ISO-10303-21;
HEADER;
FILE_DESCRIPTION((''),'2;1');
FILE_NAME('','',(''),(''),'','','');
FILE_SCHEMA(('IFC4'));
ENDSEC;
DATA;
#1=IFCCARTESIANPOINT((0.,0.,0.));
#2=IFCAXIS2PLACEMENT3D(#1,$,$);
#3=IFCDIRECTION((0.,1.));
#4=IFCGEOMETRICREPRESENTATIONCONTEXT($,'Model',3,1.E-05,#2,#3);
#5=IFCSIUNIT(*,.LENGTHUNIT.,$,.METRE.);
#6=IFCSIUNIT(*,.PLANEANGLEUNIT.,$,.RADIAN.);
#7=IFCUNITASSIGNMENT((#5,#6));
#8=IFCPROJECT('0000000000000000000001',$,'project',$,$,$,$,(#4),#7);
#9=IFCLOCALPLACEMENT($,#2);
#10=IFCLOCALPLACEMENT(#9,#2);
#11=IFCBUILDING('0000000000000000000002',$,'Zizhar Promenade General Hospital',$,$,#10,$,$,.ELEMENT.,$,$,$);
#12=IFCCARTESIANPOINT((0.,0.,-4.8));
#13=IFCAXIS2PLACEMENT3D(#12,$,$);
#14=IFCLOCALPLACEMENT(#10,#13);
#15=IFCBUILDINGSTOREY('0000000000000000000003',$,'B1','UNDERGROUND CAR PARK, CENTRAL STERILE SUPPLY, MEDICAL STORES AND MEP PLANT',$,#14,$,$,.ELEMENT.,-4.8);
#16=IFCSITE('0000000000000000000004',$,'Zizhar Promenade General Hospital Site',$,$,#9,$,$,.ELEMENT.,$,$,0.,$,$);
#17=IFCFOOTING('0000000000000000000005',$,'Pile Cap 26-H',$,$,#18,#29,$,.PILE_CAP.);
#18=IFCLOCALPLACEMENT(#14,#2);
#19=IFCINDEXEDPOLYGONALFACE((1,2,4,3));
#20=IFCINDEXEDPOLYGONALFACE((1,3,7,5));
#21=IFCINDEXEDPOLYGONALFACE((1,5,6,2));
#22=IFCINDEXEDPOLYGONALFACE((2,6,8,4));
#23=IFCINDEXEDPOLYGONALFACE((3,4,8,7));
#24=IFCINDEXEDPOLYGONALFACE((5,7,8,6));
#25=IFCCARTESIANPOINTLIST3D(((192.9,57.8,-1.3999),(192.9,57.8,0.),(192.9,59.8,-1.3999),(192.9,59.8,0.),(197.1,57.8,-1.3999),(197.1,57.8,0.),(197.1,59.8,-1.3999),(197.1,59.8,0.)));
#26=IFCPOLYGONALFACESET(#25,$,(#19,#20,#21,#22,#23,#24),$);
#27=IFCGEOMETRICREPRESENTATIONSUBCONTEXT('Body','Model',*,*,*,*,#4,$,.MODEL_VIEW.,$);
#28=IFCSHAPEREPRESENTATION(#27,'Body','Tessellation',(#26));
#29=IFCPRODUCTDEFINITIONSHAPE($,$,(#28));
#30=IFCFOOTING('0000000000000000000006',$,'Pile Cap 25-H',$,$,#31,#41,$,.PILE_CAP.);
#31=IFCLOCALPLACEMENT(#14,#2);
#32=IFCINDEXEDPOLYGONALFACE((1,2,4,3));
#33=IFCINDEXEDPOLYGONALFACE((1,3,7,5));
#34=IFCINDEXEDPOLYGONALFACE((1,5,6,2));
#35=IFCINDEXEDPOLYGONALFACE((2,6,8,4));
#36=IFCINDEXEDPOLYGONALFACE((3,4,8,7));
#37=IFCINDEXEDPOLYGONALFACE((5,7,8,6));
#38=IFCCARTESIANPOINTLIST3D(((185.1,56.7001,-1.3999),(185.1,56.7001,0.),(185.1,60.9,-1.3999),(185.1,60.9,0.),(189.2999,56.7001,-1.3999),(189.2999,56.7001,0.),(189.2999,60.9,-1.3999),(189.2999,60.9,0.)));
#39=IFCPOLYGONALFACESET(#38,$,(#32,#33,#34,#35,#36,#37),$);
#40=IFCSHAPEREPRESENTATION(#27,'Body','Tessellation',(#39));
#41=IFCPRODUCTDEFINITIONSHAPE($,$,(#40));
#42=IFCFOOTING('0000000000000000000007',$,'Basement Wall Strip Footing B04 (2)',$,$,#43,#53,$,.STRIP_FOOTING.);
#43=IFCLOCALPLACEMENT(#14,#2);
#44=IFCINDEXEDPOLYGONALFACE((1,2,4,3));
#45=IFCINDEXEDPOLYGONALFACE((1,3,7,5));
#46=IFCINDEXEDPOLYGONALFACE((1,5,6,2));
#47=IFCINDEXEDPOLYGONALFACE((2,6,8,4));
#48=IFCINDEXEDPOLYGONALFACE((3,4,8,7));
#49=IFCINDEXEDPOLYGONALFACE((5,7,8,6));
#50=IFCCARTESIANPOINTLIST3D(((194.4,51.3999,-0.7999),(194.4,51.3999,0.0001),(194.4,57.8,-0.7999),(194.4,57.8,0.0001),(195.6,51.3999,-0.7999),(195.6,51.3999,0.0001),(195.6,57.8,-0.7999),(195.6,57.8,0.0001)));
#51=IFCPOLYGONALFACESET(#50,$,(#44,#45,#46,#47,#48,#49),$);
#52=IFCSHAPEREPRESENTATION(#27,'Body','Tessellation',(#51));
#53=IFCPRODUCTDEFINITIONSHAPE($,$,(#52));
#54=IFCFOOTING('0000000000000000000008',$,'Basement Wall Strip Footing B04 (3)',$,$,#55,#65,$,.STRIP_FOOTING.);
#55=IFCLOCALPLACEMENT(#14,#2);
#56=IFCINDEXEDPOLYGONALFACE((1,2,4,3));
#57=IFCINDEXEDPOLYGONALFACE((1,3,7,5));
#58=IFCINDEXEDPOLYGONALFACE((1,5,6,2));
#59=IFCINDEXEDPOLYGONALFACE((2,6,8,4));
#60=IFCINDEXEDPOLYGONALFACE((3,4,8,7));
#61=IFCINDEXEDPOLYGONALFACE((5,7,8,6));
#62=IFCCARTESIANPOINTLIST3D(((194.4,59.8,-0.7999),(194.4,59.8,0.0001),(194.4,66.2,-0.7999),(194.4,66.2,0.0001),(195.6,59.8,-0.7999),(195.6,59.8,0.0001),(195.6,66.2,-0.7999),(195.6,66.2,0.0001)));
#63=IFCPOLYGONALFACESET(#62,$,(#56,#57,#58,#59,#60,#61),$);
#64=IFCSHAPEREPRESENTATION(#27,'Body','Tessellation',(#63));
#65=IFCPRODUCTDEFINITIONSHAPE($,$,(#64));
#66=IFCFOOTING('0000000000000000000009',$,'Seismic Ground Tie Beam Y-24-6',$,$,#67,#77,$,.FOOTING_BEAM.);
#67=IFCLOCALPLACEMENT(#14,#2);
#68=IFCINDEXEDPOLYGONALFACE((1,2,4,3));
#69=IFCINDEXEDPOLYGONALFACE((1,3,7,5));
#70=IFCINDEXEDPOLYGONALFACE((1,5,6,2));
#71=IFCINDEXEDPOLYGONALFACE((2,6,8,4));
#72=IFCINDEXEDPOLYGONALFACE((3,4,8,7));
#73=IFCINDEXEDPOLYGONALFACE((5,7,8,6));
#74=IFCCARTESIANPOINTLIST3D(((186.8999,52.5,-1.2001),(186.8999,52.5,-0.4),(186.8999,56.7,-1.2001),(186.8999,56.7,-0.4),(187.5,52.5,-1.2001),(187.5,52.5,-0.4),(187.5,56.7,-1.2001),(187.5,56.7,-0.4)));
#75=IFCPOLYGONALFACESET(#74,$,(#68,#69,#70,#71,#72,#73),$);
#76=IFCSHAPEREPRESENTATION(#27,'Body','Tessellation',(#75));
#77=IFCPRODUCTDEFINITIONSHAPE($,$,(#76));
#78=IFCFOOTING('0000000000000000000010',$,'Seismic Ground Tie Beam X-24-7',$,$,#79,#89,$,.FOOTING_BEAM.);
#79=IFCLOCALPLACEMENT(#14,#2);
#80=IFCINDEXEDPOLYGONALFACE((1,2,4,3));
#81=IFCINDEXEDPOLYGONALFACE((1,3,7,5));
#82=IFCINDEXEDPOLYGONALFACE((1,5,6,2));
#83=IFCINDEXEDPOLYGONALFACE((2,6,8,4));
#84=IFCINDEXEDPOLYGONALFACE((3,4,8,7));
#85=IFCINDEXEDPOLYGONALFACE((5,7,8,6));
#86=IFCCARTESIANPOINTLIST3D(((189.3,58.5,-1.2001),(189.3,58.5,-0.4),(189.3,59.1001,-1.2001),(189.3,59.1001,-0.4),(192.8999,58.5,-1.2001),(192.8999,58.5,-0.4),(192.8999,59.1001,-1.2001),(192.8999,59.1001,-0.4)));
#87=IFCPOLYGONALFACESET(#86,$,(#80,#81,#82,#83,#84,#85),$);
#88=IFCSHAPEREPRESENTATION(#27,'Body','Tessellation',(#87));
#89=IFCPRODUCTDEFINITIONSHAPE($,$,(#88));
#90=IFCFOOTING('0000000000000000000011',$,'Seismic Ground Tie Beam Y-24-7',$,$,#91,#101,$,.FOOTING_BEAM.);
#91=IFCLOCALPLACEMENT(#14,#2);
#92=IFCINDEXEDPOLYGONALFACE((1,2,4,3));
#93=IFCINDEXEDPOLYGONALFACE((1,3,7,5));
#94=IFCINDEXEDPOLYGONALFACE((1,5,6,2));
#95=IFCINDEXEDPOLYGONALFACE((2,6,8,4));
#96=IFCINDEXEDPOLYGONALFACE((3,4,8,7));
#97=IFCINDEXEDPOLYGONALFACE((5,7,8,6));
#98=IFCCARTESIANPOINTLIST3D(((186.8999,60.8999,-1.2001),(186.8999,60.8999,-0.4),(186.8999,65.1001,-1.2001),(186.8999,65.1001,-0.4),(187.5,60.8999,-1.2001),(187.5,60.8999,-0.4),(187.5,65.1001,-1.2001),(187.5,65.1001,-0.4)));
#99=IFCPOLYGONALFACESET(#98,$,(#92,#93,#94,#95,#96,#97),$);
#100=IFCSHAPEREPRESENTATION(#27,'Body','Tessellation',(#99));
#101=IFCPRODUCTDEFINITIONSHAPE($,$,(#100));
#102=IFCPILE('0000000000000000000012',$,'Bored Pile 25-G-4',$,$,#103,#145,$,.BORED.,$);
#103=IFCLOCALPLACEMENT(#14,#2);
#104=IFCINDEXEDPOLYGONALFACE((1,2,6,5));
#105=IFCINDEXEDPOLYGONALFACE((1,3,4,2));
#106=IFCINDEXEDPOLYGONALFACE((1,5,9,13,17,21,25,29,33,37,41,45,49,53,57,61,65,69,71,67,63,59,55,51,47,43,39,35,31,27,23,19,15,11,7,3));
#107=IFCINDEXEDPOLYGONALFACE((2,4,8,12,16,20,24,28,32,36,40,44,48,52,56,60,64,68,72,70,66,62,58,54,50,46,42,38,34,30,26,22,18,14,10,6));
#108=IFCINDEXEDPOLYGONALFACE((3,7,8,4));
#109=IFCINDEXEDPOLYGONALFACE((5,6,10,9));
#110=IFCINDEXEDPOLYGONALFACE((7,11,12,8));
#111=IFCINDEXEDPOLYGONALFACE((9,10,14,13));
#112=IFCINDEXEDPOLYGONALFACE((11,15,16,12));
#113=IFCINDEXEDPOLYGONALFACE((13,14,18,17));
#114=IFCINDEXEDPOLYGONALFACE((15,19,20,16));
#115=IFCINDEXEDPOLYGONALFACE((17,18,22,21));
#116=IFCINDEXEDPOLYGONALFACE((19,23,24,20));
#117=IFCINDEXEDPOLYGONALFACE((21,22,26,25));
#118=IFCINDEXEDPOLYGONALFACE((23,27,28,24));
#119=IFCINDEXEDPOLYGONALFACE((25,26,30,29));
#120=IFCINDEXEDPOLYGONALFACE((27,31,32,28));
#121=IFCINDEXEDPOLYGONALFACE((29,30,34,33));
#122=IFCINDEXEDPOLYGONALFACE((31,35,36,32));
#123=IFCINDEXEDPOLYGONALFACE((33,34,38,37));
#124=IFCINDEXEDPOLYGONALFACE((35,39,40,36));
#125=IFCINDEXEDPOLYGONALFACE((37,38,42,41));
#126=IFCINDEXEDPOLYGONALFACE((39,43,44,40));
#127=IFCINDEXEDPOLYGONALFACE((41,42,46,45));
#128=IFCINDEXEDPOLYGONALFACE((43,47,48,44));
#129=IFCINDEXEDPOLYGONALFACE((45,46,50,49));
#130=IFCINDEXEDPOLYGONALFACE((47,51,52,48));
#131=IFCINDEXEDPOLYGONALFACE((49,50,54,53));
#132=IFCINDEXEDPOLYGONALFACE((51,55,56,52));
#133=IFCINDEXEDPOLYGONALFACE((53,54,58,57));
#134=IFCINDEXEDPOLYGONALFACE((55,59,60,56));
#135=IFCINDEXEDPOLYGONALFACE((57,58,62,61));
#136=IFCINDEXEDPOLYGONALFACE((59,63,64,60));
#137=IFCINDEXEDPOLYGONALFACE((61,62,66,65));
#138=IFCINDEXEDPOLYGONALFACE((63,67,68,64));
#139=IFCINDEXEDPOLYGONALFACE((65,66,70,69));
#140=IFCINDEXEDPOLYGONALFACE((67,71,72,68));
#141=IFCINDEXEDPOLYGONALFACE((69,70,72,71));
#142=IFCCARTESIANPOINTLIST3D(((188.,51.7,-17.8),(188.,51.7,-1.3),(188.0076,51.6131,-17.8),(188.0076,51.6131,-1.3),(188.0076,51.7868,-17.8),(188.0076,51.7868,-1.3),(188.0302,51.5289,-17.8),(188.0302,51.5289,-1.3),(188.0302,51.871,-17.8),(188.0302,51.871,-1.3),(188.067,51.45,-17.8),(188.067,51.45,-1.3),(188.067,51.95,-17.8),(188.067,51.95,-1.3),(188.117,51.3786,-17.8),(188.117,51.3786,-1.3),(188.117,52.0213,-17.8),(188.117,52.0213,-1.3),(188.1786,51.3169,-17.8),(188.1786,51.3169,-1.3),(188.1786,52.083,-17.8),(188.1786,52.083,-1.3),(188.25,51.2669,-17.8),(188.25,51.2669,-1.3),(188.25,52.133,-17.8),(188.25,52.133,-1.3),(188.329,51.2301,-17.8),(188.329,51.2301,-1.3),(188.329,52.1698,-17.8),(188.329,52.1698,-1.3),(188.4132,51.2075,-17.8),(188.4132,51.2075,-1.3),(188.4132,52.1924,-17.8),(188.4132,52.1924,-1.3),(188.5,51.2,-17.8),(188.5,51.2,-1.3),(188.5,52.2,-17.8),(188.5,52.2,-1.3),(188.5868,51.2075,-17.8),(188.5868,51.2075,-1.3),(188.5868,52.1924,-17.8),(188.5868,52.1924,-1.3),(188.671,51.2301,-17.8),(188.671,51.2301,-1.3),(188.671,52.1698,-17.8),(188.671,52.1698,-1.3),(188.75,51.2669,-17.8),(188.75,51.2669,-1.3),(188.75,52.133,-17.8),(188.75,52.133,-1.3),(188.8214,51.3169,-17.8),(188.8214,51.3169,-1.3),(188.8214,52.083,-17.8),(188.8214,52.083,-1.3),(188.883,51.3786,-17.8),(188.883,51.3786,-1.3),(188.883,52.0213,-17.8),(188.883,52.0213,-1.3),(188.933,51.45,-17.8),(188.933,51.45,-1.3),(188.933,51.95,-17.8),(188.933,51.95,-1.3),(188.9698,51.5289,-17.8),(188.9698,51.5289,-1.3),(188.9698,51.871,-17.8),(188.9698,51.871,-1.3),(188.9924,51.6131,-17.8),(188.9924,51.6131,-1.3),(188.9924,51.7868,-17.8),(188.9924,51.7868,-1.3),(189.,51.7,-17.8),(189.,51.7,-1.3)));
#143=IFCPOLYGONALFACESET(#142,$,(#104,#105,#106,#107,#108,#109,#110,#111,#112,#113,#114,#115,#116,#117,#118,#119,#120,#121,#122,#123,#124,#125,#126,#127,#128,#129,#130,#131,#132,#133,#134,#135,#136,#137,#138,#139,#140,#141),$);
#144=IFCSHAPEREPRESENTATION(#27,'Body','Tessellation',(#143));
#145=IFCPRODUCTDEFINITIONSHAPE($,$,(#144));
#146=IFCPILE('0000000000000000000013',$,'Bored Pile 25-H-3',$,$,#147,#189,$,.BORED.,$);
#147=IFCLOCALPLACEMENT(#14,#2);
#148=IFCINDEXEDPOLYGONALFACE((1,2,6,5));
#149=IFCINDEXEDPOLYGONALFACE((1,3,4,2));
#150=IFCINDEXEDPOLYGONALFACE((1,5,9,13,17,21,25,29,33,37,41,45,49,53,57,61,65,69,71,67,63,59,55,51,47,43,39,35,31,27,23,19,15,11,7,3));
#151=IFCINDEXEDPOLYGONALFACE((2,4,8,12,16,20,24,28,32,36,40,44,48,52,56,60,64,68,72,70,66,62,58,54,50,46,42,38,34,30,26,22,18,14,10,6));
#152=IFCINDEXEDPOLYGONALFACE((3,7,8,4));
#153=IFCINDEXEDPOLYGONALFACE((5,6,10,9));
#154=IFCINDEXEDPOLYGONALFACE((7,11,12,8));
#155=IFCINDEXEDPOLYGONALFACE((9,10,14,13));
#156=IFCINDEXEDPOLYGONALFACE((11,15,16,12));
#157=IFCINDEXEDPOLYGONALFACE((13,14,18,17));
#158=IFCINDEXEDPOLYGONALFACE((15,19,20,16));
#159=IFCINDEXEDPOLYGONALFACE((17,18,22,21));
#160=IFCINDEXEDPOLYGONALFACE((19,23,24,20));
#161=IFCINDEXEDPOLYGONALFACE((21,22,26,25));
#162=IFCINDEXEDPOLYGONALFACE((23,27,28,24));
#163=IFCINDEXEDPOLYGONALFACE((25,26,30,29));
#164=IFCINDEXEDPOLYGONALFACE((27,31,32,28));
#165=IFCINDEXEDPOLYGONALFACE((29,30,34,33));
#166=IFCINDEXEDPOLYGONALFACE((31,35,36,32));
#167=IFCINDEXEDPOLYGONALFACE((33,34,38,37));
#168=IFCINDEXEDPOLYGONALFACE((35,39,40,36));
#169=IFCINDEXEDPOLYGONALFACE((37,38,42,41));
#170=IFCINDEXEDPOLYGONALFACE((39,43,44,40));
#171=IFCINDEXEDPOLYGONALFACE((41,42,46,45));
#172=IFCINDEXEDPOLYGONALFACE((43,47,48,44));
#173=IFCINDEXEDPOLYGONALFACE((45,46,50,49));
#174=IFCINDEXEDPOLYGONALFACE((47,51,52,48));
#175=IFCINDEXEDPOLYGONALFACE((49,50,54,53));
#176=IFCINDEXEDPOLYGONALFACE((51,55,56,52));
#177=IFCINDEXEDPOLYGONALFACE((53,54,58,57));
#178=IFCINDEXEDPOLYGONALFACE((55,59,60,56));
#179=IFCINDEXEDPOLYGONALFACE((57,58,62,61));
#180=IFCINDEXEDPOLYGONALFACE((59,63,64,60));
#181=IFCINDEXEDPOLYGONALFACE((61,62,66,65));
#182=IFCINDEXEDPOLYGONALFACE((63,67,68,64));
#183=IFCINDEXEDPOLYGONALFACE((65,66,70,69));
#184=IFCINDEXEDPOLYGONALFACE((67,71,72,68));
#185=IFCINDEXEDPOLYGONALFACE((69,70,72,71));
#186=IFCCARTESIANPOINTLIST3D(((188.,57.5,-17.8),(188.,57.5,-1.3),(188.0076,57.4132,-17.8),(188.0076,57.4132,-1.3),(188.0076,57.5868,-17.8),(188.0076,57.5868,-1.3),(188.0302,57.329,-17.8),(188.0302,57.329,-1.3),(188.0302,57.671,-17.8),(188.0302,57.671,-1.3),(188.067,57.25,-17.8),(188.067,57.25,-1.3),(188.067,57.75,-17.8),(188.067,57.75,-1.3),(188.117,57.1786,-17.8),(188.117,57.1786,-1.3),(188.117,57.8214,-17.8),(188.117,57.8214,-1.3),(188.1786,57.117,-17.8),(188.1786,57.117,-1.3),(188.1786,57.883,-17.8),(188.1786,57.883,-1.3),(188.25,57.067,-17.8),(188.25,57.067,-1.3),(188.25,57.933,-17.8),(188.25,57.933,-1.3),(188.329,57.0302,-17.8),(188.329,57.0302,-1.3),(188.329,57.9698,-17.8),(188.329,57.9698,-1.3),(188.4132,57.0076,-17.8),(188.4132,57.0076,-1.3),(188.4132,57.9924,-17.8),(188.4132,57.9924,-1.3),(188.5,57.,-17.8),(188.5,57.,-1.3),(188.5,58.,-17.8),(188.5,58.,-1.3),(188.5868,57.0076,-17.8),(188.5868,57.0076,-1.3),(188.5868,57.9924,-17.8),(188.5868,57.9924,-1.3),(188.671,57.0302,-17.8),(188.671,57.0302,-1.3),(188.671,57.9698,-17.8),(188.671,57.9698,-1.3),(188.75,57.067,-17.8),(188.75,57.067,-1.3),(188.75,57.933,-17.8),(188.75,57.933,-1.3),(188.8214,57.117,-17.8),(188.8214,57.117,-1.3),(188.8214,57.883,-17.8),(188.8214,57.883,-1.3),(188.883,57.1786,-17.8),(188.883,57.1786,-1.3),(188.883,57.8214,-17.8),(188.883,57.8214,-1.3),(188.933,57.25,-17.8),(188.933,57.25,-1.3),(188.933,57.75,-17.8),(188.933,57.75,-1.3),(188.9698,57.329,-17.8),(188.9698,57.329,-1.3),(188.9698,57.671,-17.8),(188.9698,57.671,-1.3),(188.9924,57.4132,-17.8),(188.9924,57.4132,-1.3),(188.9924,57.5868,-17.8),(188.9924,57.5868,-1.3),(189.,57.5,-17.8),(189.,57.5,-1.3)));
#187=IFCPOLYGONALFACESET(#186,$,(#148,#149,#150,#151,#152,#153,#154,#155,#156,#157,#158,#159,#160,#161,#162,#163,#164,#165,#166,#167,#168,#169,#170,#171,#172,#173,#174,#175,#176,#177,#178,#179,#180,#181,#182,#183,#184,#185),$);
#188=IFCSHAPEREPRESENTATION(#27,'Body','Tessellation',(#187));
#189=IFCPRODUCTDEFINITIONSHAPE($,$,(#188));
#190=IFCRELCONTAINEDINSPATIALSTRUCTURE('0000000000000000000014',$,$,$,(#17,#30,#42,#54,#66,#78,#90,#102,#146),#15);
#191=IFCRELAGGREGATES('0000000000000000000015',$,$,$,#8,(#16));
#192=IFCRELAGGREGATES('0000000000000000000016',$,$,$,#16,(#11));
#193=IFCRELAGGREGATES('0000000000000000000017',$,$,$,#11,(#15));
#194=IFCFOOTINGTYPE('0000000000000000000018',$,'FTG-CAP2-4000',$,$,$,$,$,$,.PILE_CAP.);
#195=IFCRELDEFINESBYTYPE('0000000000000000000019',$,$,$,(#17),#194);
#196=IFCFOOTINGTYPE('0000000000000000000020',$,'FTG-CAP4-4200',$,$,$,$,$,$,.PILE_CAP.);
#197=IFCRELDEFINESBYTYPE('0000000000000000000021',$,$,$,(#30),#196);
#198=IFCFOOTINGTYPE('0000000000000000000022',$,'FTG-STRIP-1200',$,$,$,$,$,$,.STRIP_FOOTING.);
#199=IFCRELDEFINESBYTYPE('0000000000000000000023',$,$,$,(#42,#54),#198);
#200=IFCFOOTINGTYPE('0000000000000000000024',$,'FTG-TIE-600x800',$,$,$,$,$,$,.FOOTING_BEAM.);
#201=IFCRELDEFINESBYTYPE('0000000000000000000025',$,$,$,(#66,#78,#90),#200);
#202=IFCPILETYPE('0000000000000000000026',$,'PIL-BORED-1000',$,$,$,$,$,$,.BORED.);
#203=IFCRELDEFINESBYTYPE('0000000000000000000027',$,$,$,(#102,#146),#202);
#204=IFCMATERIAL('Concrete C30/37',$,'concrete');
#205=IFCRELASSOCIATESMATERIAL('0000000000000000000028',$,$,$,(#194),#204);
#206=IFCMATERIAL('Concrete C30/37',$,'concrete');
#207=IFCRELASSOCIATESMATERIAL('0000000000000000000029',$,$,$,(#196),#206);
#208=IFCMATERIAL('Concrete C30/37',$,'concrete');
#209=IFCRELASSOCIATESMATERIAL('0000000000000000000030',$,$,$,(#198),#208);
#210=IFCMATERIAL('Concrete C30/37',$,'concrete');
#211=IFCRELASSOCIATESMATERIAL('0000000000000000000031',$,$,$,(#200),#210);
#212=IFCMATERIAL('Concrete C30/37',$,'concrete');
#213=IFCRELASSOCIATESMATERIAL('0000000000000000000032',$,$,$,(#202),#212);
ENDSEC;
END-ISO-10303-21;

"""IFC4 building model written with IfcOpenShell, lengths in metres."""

from ifc_helpers import new_model, si_unit, direction, frame, origin, origin_2d, place, context, subcontext, project, spatial, rectangle, circle, extrude, material, material_profile, profile_set, type_object, element, save


model = new_model("IFC4")

# Units and contexts
model_context = context("Model", 3, precision=1e-05, world=origin(), true_north=direction((0.0, 1.0)))
body_context = subcontext(model_context, "Body", "Model", "MODEL_VIEW")
ifc_project = project(units=[si_unit("LENGTHUNIT", "METRE"), si_unit("PLANEANGLEUNIT", "RADIAN")], contexts=[model_context])

# Site, building, storey
site_placement = place(None, origin())
site = spatial("IfcSite", under=ifc_project, at=site_placement, Name="Zizhar Promenade General Hospital Site", CompositionType="ELEMENT", RefElevation=0.0)
building_placement = place(site_placement, origin())
building = spatial("IfcBuilding", under=site, at=building_placement, Name="Zizhar Promenade General Hospital", CompositionType="ELEMENT")
storey_placement = place(building_placement, frame((0.0, 0.0, -4.8)))
storey = spatial("IfcBuildingStorey", under=building, at=storey_placement, Name="B1", Description="UNDERGROUND CAR PARK, CENTRAL STERILE SUPPLY, MEDICAL STORES AND MEP PLANT", CompositionType="ELEMENT", Elevation=-4.8)

# Footings
ifc_material_1 = material(Name="Concrete C30/37", Category="concrete")
footing_type_1 = type_object("IfcFootingType", Name="FTG-CAP2-4000", PredefinedType="PILE_CAP", material=ifc_material_1)
footing_1_placement = place(storey_placement, frame((195.0, 58.8, -1.3999), z_axis=(0.0, 0.0, 1.0), x_axis=(1.0, 0.0, 0.0)))
element("IfcFooting", 1, at=footing_1_placement, inside=storey, type_object=footing_type_1, Name="Pile Cap 26-H", PredefinedType="PILE_CAP", context=body_context, shape_type="SweptSolid", body=[
    extrude(rectangle(XDim=4.2, YDim=2.0, at=origin_2d()), origin(), (0.0, 0.0, 1.0), 1.3999),
])
ifc_material_2 = material(Name="Concrete C30/37", Category="concrete")
footing_type_2 = type_object("IfcFootingType", Name="FTG-CAP4-4200", PredefinedType="PILE_CAP", material=ifc_material_2)
footing_2_placement = place(storey_placement, frame((187.2, 58.8, -1.3999), z_axis=(0.0, 0.0, 1.0), x_axis=(1.0, 0.0, 0.0)))
element("IfcFooting", 2, at=footing_2_placement, inside=storey, type_object=footing_type_2, Name="Pile Cap 25-H", PredefinedType="PILE_CAP", context=body_context, shape_type="SweptSolid", body=[
    extrude(rectangle(XDim=4.2, YDim=4.2, at=origin_2d()), origin(), (0.0, 0.0, 1.0), 1.3999),
])
ifc_material_3 = material(Name="Concrete C30/37", Category="concrete")
ifc_material_profile_1 = material_profile(ifc_material_3, rectangle(XDim=1.2, YDim=0.8, at=origin_2d()))
ifc_profile_set_1 = profile_set([ifc_material_profile_1], Name="Concrete C30/37")
footing_type_3 = type_object("IfcFootingType", Name="FTG-STRIP-1200", PredefinedType="STRIP_FOOTING", material=ifc_profile_set_1)
footing_3_placement = place(storey_placement, frame((195.0, 51.3999, -0.3999), z_axis=(0.0, 1.0, 0.0), x_axis=(-1.0, 0.0, 0.0)))
element("IfcFooting", 3, at=footing_3_placement, inside=storey, type_object=footing_type_3, Name="Basement Wall Strip Footing B04 (2)", PredefinedType="STRIP_FOOTING", context=body_context, shape_type="SweptSolid", body=[
    extrude(rectangle(XDim=1.2, YDim=0.8, at=origin_2d()), origin(), (0.0, 0.0, 1.0), 6.4001),
])
footing_4_placement = place(storey_placement, frame((195.0, 59.8, -0.3999), z_axis=(0.0, 1.0, 0.0), x_axis=(-1.0, 0.0, 0.0)))
element("IfcFooting", 4, at=footing_4_placement, inside=storey, type_object=footing_type_3, Name="Basement Wall Strip Footing B04 (3)", PredefinedType="STRIP_FOOTING", context=body_context, shape_type="SweptSolid", body=[
    extrude(rectangle(XDim=1.2, YDim=0.8, at=origin_2d()), origin(), (0.0, 0.0, 1.0), 6.3999),
])
ifc_material_4 = material(Name="Concrete C30/37", Category="concrete")
ifc_material_profile_2 = material_profile(ifc_material_4, rectangle(XDim=0.6001, YDim=0.8, at=origin_2d()))
ifc_profile_set_2 = profile_set([ifc_material_profile_2], Name="Concrete C30/37")
footing_type_4 = type_object("IfcFootingType", Name="FTG-TIE-600x800", PredefinedType="FOOTING_BEAM", material=ifc_profile_set_2)
footing_5_placement = place(storey_placement, frame((187.2, 52.5, -0.8), z_axis=(0.0, 1.0, 0.0), x_axis=(-1.0, 0.0, 0.0)))
element("IfcFooting", 5, at=footing_5_placement, inside=storey, type_object=footing_type_4, Name="Seismic Ground Tie Beam Y-24-6", PredefinedType="FOOTING_BEAM", context=body_context, shape_type="SweptSolid", body=[
    extrude(rectangle(XDim=0.6001, YDim=0.8, at=origin_2d()), origin(), (0.0, 0.0, 1.0), 4.2),
])
footing_6_placement = place(storey_placement, frame((189.3, 58.8, -0.8), z_axis=(1.0, 0.0, 0.0), x_axis=(0.0, 1.0, 0.0)))
element("IfcFooting", 6, at=footing_6_placement, inside=storey, type_object=footing_type_4, Name="Seismic Ground Tie Beam X-24-7", PredefinedType="FOOTING_BEAM", context=body_context, shape_type="SweptSolid", body=[
    extrude(rectangle(XDim=0.6001, YDim=0.8, at=origin_2d()), origin(), (0.0, 0.0, 1.0), 3.5999),
])
footing_7_placement = place(storey_placement, frame((187.2, 60.8999, -0.8), z_axis=(0.0, 1.0, 0.0), x_axis=(-1.0, 0.0, 0.0)))
element("IfcFooting", 7, at=footing_7_placement, inside=storey, type_object=footing_type_4, Name="Seismic Ground Tie Beam Y-24-7", PredefinedType="FOOTING_BEAM", context=body_context, shape_type="SweptSolid", body=[
    extrude(rectangle(XDim=0.6001, YDim=0.8, at=origin_2d()), origin(), (0.0, 0.0, 1.0), 4.2002),
])

# Piles
ifc_material_5 = material(Name="Concrete C30/37", Category="concrete")
ifc_material_profile_3 = material_profile(ifc_material_5, circle(Radius=0.5, at=origin_2d()))
ifc_profile_set_3 = profile_set([ifc_material_profile_3], Name="Concrete C30/37")
pile_type = type_object("IfcPileType", Name="PIL-BORED-1000", PredefinedType="BORED", material=ifc_profile_set_3)
for number, where, z_axis, x_axis, name in (
    (8, (188.5, 51.7, -1.3), (0.0, 0.0, -1.0), (1.0, 0.0, 0.0), "Bored Pile 25-G-4"),
    (9, (188.5, 57.5, -1.3), (0.0, 0.0, -1.0), (1.0, 0.0, 0.0), "Bored Pile 25-H-3"),
):
    element("IfcPile", number, at=place(storey_placement, frame(where, z_axis=z_axis, x_axis=x_axis)), inside=storey, type_object=pile_type, Name=name, PredefinedType="BORED", context=body_context, shape_type="SweptSolid", body=[
        extrude(circle(Radius=0.5, at=origin_2d()), origin(), (0.0, 0.0, 1.0), 16.5),
    ])

save(model, "model.ifc")
